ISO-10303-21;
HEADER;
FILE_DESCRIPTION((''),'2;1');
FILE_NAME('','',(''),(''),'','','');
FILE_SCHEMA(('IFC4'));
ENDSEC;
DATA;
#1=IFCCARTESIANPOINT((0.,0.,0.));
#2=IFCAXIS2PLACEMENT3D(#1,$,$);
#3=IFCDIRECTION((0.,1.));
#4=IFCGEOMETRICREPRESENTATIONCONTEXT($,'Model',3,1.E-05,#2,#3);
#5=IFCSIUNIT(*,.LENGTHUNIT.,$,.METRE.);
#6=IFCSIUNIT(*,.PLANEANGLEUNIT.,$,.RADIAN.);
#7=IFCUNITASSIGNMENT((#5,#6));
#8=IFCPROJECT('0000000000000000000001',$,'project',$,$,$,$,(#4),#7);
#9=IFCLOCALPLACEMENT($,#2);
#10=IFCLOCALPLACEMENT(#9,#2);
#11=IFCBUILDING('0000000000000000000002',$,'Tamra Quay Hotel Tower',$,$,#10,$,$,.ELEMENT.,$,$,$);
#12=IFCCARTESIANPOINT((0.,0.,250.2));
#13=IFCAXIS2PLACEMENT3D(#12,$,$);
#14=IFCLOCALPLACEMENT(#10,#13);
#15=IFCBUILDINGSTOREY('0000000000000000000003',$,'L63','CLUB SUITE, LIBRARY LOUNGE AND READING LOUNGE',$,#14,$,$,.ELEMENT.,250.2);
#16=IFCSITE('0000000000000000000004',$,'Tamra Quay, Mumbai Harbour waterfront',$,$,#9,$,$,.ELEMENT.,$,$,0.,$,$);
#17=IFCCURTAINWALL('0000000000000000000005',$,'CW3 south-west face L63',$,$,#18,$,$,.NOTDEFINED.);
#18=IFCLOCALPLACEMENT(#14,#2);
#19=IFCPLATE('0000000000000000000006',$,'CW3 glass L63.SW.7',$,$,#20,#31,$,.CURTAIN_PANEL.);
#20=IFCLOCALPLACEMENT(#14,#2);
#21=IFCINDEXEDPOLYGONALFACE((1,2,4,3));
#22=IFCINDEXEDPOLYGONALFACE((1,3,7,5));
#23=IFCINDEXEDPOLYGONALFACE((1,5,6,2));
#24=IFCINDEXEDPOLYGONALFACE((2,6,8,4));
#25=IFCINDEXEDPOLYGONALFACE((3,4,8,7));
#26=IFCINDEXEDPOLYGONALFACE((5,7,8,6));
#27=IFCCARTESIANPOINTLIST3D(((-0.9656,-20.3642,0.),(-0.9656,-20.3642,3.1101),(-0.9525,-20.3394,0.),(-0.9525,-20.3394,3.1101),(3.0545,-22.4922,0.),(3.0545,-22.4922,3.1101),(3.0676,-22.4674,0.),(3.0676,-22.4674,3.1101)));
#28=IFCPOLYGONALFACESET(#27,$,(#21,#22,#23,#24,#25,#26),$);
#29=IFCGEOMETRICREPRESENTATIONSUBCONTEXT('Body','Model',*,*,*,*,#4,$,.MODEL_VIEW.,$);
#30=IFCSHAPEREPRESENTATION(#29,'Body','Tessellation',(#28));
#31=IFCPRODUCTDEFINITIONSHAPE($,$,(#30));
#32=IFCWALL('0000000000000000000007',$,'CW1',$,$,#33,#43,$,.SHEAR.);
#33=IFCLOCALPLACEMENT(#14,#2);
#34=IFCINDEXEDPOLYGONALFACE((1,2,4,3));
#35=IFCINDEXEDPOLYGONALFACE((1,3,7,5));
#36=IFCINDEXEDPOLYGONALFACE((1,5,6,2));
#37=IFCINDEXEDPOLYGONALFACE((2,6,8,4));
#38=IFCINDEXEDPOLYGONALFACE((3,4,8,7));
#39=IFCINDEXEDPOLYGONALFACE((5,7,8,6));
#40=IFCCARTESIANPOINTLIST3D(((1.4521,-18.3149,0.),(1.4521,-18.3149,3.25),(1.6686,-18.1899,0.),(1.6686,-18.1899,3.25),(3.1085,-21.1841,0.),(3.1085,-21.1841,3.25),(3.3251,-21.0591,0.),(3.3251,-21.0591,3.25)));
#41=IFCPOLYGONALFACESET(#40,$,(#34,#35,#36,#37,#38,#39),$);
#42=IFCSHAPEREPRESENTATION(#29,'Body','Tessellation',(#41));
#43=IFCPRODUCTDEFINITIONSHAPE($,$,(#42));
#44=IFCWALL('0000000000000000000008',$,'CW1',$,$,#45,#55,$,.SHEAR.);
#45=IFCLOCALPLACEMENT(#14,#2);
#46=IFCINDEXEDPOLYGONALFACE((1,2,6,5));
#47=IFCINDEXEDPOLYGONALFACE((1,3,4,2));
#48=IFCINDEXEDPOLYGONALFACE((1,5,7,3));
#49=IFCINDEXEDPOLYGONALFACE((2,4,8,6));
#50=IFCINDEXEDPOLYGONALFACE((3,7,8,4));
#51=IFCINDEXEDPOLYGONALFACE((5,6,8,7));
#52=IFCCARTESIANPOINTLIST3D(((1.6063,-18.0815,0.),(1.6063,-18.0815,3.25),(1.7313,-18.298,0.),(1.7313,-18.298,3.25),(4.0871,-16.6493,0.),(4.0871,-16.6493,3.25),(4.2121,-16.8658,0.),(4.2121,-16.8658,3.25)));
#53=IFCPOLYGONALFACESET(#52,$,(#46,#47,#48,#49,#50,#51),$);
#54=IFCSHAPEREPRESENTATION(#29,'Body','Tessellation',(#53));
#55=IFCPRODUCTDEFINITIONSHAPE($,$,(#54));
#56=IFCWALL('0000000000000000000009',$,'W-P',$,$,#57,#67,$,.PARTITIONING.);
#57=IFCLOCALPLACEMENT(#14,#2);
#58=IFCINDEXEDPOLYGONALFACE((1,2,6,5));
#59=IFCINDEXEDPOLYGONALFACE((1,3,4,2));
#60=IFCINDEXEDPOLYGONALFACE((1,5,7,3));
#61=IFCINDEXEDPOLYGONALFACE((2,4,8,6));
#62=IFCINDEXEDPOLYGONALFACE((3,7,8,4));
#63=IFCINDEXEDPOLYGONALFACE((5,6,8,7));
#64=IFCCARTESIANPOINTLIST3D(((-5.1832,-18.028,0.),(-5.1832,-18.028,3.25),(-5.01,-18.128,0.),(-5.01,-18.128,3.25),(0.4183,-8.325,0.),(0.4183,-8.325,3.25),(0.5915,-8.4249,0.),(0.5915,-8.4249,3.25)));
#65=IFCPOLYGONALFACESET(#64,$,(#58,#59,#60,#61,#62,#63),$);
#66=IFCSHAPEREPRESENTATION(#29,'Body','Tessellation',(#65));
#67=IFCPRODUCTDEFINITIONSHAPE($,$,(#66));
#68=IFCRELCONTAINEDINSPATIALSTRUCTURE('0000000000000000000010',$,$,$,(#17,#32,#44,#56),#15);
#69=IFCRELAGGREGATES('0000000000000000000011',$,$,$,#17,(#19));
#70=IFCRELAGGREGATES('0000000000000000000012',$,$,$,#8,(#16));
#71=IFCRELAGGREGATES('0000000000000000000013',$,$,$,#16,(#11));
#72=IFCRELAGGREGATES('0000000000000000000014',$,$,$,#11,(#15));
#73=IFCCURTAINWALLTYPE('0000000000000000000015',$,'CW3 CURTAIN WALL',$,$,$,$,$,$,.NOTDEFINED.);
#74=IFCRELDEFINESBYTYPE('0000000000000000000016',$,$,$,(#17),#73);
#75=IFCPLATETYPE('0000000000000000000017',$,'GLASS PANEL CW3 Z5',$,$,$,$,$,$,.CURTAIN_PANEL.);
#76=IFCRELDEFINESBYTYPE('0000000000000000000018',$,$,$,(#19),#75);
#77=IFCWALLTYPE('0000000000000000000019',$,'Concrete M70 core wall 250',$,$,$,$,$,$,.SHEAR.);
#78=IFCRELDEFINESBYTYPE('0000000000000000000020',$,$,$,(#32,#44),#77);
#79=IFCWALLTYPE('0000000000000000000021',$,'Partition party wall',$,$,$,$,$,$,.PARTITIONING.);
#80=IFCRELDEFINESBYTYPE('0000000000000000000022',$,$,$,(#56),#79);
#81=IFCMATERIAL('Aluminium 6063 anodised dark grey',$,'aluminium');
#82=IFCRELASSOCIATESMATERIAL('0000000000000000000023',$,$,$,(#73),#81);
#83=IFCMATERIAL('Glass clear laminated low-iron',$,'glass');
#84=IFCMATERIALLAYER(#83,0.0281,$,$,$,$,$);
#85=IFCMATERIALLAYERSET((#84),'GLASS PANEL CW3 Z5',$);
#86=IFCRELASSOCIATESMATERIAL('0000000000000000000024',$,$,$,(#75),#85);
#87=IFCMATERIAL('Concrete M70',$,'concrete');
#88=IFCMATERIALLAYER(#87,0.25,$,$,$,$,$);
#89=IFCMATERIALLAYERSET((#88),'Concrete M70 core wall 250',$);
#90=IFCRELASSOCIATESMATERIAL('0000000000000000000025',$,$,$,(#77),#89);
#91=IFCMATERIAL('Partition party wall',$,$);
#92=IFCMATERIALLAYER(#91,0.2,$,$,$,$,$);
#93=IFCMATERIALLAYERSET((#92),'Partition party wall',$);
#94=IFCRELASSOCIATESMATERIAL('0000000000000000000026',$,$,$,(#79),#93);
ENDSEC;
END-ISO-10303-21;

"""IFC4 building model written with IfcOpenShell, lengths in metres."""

from ifc_helpers import new_model, si_unit, direction, frame, frame_2d, origin, origin_2d, place, context, subcontext, project, spatial, rectangle, extrude, material, layer, layer_set, type_object, element, aggregate, save


model = new_model("IFC4")

# Units and contexts
model_context = context("Model", 3, precision=1e-05, world=origin(), true_north=direction((0.0, 1.0)))
body_context = subcontext(model_context, "Body", "Model", "MODEL_VIEW")
ifc_project = project(units=[si_unit("LENGTHUNIT", "METRE"), si_unit("PLANEANGLEUNIT", "RADIAN")], contexts=[model_context])

# Site, building, storey
site_placement = place(None, origin())
site = spatial("IfcSite", under=ifc_project, at=site_placement, Name="Tamra Quay, Mumbai Harbour waterfront", CompositionType="ELEMENT", RefElevation=0.0)
building_placement = place(site_placement, origin())
building = spatial("IfcBuilding", under=site, at=building_placement, Name="Tamra Quay Hotel Tower", CompositionType="ELEMENT")
storey_placement = place(building_placement, frame((0.0, 0.0, 250.2)))
storey = spatial("IfcBuildingStorey", under=building, at=storey_placement, Name="L63", Description="CLUB SUITE, LIBRARY LOUNGE AND READING LOUNGE", CompositionType="ELEMENT", Elevation=250.2)

# Shared definitions
ifc_material_1 = material(Name="Concrete M70", Category="concrete")

# Curtain wall
ifc_material_2 = material(Name="Aluminium 6063 anodised dark grey", Category="aluminium")
curtain_wall_type = type_object("IfcCurtainWallType", Name="CW3 CURTAIN WALL", PredefinedType="NOTDEFINED", material=ifc_material_2)
curtain_wall_placement = place(storey_placement, origin())
curtain_wall = element("IfcCurtainWall", 1, at=curtain_wall_placement, inside=storey, type_object=curtain_wall_type, Name="CW3 south-west face L63", PredefinedType="NOTDEFINED")

# Plate
ifc_material_3 = material(Name="Glass clear laminated low-iron", Category="glass")
ifc_layer_1 = layer(ifc_material_3, 0.0281)
ifc_layer_set_1 = layer_set([ifc_layer_1], Name="GLASS PANEL CW3 Z5")
plate_type = type_object("IfcPlateType", Name="GLASS PANEL CW3 Z5", PredefinedType="CURTAIN_PANEL", material=ifc_layer_set_1)
plate_1_placement = place(storey_placement, frame((1.051, -21.4158, 0.0), z_axis=(0.0, 0.0, 1.0), x_axis=(0.883813, -0.467841, 0.0)))
plate_1 = element("IfcPlate", 2, at=plate_1_placement, type_object=plate_type, Name="CW3 glass L63.SW.7", PredefinedType="CURTAIN_PANEL", context=body_context, shape_type="SweptSolid", body=[
    extrude(rectangle(XDim=4.5486, YDim=0.0281, at=origin_2d()), origin(), (0.0, 0.0, 1.0), 3.1101),
])
aggregate(curtain_wall, [plate_1])

# Walls
ifc_layer_2 = layer(ifc_material_1, 0.25)
ifc_layer_set_2 = layer_set([ifc_layer_2], Name="Concrete M70 core wall 250")
wall_type_1 = type_object("IfcWallType", Name="Concrete M70 core wall 250", PredefinedType="SHEAR", material=ifc_layer_set_2)
wall_1_placement = place(storey_placement, frame((3.2168, -21.1216, 0.0), z_axis=(0.0, 0.0, 1.0), x_axis=(-0.499999, 0.866026, 0.0)))
element("IfcWall", 3, at=wall_1_placement, inside=storey, type_object=wall_type_1, Name="CW1", PredefinedType="SHEAR", context=body_context, shape_type="SweptSolid", body=[
    extrude(rectangle(XDim=3.313, YDim=0.25, at=frame_2d((1.6565, 0.0))), origin(), (0.0, 0.0, 1.0), 3.25),
])
wall_2_placement = place(storey_placement, frame((1.6689, -18.1897, 0.0), z_axis=(0.0, 0.0, 1.0), x_axis=(0.866042, 0.499971, 0.0)))
element("IfcWall", 4, at=wall_2_placement, inside=storey, type_object=wall_type_1, Name="CW1", PredefinedType="SHEAR", context=body_context, shape_type="SweptSolid", body=[
    extrude(rectangle(XDim=2.8645, YDim=0.25, at=frame_2d((1.4321, 0.0))), origin(), (0.0, 0.0, 1.0), 3.25),
])
ifc_material_4 = material(Name="Partition party wall")
ifc_layer_3 = layer(ifc_material_4, 0.2)
ifc_layer_set_3 = layer_set([ifc_layer_3], Name="Partition party wall")
wall_type_2 = type_object("IfcWallType", Name="Partition party wall", PredefinedType="PARTITIONING", material=ifc_layer_set_3)
wall_3_placement = place(storey_placement, frame((-5.0967, -18.0781, 0.0), z_axis=(0.0, 0.0, 1.0), x_axis=(0.499964, 0.866046, 0.0)))
element("IfcWall", 5, at=wall_3_placement, inside=storey, type_object=wall_type_2, Name="W-P", PredefinedType="PARTITIONING", context=body_context, shape_type="SweptSolid", body=[
    extrude(rectangle(XDim=11.2039, YDim=0.2, at=frame_2d((5.6021, 0.0))), origin(), (0.0, 0.0, 1.0), 3.25),
])

save(model, "model.ifc")
